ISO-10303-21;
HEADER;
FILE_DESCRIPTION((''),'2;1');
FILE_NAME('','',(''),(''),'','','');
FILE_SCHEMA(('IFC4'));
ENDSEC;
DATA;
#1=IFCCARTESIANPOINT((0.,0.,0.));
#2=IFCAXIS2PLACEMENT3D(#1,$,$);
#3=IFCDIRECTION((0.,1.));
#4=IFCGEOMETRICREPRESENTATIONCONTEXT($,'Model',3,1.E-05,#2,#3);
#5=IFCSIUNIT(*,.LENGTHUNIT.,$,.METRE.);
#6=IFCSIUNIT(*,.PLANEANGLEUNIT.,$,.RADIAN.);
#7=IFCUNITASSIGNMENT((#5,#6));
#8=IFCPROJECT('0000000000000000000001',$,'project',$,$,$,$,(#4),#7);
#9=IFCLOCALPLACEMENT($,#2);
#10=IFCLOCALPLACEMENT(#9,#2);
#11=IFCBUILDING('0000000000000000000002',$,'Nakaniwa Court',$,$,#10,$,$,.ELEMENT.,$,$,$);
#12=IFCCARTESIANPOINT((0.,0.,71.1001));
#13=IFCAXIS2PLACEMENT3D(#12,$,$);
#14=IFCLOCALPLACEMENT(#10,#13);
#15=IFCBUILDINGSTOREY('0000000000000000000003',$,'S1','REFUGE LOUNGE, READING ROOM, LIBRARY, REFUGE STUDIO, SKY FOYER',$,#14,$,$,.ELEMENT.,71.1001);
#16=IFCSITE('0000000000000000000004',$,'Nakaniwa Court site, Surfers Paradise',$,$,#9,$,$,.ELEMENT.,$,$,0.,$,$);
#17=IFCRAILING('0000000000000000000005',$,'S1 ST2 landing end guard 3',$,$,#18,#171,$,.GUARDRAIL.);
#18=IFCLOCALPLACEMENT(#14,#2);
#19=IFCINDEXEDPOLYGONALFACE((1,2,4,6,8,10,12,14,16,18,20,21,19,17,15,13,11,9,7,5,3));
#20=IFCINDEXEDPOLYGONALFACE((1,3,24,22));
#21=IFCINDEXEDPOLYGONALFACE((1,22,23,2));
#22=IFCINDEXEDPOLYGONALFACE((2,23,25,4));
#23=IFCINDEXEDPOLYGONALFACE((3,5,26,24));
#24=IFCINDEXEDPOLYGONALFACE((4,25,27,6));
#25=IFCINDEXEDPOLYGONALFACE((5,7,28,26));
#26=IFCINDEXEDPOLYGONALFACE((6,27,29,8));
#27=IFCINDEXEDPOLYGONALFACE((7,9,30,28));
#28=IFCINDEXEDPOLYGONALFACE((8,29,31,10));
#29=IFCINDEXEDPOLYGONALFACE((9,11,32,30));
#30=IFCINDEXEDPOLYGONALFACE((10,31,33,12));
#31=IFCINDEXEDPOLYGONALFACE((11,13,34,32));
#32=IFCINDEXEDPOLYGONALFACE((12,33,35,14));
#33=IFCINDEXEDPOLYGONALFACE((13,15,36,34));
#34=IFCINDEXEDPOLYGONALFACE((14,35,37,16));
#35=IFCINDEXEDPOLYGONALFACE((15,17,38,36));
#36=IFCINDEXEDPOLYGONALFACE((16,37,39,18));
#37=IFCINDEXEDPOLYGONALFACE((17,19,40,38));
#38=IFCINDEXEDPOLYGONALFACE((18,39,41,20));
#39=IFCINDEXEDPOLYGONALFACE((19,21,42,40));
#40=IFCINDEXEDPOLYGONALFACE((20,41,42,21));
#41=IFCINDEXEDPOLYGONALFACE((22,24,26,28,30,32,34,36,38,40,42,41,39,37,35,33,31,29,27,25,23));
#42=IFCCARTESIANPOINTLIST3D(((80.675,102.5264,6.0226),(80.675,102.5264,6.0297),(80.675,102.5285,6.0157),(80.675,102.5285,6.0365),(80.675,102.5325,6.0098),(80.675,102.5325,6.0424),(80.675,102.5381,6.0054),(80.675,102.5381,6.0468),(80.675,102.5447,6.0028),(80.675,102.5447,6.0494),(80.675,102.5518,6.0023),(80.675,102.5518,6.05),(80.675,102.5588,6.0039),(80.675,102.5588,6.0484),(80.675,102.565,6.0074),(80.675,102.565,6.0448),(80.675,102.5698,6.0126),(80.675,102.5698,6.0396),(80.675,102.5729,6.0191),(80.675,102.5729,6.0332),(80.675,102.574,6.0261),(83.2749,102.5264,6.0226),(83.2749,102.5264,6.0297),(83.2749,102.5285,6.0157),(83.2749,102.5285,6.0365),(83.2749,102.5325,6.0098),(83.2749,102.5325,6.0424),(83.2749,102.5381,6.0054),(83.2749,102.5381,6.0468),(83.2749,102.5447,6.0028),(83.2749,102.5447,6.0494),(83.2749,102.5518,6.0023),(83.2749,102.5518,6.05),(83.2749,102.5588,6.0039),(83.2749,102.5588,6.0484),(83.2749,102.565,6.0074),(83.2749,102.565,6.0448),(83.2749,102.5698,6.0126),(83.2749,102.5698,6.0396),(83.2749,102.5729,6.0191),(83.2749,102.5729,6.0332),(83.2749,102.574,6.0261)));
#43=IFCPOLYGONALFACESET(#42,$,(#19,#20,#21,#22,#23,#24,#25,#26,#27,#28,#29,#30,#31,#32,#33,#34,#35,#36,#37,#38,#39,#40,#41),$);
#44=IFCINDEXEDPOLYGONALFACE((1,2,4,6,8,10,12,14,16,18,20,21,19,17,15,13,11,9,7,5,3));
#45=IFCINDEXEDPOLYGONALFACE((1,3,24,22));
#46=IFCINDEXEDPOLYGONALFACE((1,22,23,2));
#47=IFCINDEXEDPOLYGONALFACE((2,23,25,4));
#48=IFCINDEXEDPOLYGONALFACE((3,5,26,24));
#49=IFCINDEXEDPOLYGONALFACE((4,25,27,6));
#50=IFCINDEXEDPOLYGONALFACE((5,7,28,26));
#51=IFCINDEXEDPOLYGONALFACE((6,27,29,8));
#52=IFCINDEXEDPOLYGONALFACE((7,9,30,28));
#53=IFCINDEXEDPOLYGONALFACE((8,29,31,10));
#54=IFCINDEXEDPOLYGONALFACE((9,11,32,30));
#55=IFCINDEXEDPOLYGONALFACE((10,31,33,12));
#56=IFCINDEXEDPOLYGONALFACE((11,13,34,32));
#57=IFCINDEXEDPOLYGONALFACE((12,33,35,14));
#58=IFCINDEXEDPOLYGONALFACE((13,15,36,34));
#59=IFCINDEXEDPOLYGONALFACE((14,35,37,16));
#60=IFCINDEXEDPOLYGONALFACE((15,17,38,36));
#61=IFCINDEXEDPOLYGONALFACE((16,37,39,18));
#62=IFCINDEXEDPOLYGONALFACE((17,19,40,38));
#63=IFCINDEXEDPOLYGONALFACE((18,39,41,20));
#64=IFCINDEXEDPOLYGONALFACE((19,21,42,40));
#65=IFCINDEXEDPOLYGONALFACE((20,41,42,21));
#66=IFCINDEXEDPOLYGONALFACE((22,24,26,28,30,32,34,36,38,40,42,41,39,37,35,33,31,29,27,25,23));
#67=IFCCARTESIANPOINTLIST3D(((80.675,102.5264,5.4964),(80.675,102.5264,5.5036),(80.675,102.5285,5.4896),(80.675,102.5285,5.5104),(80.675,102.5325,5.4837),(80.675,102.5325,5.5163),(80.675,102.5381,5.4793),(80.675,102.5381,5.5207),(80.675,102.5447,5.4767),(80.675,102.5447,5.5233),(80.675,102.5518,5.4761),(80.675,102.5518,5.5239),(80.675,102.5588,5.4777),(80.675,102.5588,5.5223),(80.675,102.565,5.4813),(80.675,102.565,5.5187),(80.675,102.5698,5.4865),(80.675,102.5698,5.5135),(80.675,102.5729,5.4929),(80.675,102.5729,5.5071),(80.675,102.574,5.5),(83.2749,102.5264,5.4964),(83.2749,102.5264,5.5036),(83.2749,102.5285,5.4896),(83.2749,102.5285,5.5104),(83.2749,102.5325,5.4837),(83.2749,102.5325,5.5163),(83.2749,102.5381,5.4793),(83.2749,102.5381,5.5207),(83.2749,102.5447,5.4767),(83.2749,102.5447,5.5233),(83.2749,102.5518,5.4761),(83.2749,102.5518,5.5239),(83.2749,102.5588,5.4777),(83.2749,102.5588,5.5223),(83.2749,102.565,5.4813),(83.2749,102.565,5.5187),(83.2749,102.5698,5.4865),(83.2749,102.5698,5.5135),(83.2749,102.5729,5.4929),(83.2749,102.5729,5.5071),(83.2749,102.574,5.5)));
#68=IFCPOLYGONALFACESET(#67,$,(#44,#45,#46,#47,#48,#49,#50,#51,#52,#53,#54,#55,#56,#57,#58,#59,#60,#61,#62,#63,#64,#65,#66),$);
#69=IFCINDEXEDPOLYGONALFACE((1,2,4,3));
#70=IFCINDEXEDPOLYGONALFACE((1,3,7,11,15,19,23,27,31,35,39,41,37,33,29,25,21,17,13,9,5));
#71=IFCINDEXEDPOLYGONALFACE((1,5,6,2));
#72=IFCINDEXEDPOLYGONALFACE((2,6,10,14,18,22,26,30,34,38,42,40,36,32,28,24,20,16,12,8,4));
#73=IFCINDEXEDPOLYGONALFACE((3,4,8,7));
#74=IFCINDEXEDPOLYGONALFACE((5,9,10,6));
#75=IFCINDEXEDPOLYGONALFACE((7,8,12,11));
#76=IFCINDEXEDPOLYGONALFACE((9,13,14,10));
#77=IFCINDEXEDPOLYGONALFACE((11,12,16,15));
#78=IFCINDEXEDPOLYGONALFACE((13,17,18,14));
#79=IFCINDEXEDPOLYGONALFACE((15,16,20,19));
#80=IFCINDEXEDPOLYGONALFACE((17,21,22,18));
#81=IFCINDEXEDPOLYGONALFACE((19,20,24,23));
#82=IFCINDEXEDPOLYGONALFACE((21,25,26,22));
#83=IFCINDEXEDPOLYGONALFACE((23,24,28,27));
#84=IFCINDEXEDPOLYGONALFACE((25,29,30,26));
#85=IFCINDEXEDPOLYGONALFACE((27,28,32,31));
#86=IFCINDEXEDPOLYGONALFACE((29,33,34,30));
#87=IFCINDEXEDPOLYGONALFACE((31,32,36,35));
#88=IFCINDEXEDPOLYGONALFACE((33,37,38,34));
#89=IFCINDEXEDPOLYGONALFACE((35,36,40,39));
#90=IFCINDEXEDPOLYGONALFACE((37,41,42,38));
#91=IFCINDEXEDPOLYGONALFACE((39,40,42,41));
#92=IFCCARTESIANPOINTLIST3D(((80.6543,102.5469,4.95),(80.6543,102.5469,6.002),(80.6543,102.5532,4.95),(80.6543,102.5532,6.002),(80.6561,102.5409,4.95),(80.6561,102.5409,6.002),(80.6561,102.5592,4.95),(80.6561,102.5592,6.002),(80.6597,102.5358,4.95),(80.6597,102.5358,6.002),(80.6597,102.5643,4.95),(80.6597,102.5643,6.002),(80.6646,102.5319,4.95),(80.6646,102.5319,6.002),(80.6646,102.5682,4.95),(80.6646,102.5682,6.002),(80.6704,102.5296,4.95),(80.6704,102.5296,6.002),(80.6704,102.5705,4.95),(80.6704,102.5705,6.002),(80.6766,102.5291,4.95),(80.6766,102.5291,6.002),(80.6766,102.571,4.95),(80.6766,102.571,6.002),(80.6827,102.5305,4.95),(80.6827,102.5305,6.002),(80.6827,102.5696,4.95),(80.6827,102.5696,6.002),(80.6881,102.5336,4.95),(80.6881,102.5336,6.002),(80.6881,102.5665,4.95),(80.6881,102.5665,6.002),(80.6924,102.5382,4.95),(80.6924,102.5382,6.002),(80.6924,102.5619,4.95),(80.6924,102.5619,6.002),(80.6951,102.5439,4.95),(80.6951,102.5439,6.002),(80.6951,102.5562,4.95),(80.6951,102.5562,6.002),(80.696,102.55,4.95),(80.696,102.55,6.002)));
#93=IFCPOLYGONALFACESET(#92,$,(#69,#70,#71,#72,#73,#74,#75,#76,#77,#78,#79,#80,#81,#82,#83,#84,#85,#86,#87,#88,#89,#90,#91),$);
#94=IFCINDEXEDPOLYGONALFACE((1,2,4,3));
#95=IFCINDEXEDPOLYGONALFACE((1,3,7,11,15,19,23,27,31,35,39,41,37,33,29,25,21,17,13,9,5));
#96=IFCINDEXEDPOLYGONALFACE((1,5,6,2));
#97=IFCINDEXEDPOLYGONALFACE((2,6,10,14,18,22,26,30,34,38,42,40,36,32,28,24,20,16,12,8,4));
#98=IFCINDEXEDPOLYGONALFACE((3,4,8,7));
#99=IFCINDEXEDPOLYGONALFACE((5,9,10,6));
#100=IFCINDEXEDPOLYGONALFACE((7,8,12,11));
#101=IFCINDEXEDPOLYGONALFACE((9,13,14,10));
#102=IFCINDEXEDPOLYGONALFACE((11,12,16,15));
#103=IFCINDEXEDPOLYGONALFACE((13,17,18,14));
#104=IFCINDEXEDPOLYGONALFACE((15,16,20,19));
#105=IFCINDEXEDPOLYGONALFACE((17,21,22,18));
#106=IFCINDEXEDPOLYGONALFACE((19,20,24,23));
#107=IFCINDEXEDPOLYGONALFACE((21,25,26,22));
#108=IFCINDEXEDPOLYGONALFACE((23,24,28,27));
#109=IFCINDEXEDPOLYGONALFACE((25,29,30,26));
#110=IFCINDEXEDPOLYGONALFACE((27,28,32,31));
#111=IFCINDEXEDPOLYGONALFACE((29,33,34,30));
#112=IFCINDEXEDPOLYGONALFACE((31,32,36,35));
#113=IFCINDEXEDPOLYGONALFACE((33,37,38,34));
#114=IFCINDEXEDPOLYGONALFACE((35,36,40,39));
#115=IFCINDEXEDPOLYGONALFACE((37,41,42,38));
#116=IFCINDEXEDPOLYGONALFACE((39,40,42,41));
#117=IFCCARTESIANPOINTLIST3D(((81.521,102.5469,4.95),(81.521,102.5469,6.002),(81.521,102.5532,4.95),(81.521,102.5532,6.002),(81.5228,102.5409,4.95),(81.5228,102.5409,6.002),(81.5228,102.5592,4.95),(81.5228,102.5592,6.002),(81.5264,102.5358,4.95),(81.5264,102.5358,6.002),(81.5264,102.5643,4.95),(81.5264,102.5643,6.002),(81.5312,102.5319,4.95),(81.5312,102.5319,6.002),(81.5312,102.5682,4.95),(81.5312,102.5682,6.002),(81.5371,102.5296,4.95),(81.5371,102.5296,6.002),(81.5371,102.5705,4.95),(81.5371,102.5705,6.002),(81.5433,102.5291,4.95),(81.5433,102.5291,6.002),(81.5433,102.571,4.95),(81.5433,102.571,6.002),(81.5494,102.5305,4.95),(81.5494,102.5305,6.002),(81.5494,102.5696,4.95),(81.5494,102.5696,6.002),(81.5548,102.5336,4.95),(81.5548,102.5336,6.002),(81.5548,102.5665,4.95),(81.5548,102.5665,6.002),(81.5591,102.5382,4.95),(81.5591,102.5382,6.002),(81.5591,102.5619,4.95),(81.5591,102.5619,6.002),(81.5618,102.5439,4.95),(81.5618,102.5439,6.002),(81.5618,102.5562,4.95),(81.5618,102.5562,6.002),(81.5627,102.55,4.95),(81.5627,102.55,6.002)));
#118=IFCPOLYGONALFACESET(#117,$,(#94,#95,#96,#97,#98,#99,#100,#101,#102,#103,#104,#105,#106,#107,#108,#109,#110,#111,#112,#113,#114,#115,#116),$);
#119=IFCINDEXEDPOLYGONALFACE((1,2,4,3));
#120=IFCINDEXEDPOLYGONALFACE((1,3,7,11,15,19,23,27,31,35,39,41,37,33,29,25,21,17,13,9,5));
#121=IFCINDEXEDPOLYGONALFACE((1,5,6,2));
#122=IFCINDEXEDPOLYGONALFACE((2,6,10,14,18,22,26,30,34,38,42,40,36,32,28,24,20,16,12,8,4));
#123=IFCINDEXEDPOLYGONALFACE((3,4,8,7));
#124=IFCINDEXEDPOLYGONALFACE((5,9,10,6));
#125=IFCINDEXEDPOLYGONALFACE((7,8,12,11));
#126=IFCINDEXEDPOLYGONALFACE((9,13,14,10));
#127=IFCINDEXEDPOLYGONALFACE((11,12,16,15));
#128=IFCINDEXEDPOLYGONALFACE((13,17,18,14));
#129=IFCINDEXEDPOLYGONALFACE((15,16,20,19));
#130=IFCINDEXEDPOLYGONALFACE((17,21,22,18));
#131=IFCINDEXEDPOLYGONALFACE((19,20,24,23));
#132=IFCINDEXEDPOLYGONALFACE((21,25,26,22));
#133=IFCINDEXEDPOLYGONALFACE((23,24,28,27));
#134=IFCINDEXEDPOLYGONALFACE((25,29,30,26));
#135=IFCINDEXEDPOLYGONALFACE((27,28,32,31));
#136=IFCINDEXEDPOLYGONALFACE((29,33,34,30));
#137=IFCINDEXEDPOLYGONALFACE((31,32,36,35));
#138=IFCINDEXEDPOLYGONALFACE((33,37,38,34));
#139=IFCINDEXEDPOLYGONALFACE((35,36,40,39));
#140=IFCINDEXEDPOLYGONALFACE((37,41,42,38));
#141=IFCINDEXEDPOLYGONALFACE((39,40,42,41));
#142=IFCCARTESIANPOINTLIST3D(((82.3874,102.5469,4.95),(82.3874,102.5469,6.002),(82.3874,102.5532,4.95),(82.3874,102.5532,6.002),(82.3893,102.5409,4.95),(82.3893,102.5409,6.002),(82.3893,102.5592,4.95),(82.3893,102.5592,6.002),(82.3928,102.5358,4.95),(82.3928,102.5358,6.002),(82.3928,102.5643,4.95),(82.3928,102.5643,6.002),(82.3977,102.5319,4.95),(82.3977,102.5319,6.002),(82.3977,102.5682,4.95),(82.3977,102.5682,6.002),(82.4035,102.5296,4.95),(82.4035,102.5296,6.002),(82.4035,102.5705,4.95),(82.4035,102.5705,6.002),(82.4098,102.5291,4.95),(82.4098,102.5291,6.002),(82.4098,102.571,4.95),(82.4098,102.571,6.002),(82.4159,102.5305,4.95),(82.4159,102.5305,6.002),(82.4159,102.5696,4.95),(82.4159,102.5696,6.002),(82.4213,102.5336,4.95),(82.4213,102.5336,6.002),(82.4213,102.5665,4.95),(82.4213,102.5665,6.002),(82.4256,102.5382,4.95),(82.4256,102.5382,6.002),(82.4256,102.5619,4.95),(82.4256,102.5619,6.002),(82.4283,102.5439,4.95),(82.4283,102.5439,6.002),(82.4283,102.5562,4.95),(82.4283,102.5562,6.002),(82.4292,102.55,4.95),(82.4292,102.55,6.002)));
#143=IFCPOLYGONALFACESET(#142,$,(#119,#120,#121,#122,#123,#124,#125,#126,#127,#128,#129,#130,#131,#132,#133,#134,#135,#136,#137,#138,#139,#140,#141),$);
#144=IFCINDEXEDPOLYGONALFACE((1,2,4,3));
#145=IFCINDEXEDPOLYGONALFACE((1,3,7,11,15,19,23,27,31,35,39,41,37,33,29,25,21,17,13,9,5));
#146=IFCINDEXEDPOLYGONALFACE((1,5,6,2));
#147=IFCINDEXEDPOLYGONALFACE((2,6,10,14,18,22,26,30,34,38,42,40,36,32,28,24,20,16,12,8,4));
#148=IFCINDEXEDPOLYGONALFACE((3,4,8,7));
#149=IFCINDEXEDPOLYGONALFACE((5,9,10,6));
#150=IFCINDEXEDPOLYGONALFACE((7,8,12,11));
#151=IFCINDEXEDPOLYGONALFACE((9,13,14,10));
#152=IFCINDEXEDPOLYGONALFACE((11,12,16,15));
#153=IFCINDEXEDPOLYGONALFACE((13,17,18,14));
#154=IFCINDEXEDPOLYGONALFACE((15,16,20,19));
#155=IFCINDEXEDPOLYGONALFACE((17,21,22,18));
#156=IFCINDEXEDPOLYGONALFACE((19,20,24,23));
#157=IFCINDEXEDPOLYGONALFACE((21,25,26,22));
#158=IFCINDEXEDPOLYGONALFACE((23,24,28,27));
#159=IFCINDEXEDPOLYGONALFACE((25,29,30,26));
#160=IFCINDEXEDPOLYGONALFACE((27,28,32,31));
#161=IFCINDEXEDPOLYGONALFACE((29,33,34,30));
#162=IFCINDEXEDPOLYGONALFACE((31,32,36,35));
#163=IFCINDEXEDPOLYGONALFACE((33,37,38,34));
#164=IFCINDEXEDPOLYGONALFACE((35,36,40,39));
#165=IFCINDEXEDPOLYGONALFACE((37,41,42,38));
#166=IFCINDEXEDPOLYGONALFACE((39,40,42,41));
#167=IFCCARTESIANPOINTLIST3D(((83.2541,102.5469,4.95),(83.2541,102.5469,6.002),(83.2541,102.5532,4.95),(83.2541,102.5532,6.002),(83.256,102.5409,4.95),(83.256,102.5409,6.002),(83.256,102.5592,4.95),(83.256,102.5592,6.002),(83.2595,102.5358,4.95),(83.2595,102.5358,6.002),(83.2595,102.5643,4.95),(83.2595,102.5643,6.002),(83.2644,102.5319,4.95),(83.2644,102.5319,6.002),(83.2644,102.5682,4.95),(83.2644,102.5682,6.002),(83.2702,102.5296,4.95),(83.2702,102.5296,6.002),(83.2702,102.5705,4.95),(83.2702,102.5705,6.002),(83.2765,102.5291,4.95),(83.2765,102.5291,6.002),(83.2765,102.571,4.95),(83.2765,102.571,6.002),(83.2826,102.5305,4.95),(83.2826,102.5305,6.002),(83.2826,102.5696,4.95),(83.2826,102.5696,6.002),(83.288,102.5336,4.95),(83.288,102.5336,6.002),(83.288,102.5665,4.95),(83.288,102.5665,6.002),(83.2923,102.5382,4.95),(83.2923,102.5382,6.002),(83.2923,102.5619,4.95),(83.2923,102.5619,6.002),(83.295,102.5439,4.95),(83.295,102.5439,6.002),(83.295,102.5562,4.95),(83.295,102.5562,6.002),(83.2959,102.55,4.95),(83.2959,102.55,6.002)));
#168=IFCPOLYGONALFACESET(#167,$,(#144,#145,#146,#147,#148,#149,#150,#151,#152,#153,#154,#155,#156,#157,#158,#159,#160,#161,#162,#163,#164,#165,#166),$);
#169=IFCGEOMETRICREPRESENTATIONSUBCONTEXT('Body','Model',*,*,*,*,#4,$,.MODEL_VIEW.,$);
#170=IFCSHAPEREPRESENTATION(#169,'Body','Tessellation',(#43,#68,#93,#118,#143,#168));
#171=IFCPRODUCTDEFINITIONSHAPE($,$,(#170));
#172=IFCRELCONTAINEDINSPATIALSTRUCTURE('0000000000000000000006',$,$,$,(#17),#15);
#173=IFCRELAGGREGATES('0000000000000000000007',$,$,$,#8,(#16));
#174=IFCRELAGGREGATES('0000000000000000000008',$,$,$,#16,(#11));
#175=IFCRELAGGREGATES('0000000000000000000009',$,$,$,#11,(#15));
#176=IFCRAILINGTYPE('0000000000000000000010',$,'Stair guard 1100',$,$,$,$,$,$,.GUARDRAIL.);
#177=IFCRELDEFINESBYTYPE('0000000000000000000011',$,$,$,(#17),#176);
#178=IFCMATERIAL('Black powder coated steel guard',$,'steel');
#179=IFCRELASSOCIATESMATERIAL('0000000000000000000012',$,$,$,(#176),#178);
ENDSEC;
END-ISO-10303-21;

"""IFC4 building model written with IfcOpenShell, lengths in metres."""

from ifc_helpers import new_model, si_unit, direction, frame, origin, origin_2d, place, context, subcontext, project, spatial, circle, extrude, material, type_object, element, save


model = new_model("IFC4")

# Units and contexts
model_context = context("Model", 3, precision=1e-05, world=origin(), true_north=direction((0.0, 1.0)))
body_context = subcontext(model_context, "Body", "Model", "MODEL_VIEW")
ifc_project = project(units=[si_unit("LENGTHUNIT", "METRE"), si_unit("PLANEANGLEUNIT", "RADIAN")], contexts=[model_context])

# Site, building, storey
site_placement = place(None, origin())
site = spatial("IfcSite", under=ifc_project, at=site_placement, Name="Nakaniwa Court site, Surfers Paradise", CompositionType="ELEMENT", RefElevation=0.0)
building_placement = place(site_placement, origin())
building = spatial("IfcBuilding", under=site, at=building_placement, Name="Nakaniwa Court", CompositionType="ELEMENT")
storey_placement = place(building_placement, frame((0.0, 0.0, 71.1001)))
storey = spatial("IfcBuildingStorey", under=building, at=storey_placement, Name="S1", Description="REFUGE LOUNGE, READING ROOM, LIBRARY, REFUGE STUDIO, SKY FOYER", CompositionType="ELEMENT", Elevation=71.1001)

# Railing
ifc_material_1 = material(Name="Black powder coated steel guard", Category="steel")
railing_type_1 = type_object("IfcRailingType", Name="Stair guard 1100", PredefinedType="GUARDRAIL", material=ifc_material_1)
railing_1_placement = place(storey_placement, frame((80.675, 102.55, 4.95)))
element("IfcRailing", 1, at=railing_1_placement, inside=storey, type_object=railing_type_1, Name="S1 ST2 landing end guard 3", PredefinedType="GUARDRAIL", context=body_context, shape_type="SweptSolid", body=[
    extrude(circle(Radius=0.0239, at=origin_2d()), frame((0.0, 0.0, 1.0762), z_axis=(1.0, 0.0, 0.0), x_axis=(0.0, 1.0, 0.0)), (0.0, 0.0, 1.0), 2.5999),
    extrude(circle(Radius=0.0239, at=origin_2d()), frame((0.0, 0.0, 0.55), z_axis=(1.0, 0.0, 0.0), x_axis=(0.0, 1.0, 0.0)), (0.0, 0.0, 1.0), 2.5999),
    extrude(circle(Radius=0.021, at=origin_2d()), origin(), (0.0, 0.0, 1.0), 1.052),
    extrude(circle(Radius=0.021, at=origin_2d()), frame((0.8667, 0.0, 0.0)), (0.0, 0.0, 1.0), 1.052),
    extrude(circle(Radius=0.021, at=origin_2d()), frame((1.7332, 0.0, 0.0)), (0.0, 0.0, 1.0), 1.052),
    extrude(circle(Radius=0.021, at=origin_2d()), frame((2.5999, 0.0, 0.0)), (0.0, 0.0, 1.0), 1.052),
])

save(model, "model.ifc")
